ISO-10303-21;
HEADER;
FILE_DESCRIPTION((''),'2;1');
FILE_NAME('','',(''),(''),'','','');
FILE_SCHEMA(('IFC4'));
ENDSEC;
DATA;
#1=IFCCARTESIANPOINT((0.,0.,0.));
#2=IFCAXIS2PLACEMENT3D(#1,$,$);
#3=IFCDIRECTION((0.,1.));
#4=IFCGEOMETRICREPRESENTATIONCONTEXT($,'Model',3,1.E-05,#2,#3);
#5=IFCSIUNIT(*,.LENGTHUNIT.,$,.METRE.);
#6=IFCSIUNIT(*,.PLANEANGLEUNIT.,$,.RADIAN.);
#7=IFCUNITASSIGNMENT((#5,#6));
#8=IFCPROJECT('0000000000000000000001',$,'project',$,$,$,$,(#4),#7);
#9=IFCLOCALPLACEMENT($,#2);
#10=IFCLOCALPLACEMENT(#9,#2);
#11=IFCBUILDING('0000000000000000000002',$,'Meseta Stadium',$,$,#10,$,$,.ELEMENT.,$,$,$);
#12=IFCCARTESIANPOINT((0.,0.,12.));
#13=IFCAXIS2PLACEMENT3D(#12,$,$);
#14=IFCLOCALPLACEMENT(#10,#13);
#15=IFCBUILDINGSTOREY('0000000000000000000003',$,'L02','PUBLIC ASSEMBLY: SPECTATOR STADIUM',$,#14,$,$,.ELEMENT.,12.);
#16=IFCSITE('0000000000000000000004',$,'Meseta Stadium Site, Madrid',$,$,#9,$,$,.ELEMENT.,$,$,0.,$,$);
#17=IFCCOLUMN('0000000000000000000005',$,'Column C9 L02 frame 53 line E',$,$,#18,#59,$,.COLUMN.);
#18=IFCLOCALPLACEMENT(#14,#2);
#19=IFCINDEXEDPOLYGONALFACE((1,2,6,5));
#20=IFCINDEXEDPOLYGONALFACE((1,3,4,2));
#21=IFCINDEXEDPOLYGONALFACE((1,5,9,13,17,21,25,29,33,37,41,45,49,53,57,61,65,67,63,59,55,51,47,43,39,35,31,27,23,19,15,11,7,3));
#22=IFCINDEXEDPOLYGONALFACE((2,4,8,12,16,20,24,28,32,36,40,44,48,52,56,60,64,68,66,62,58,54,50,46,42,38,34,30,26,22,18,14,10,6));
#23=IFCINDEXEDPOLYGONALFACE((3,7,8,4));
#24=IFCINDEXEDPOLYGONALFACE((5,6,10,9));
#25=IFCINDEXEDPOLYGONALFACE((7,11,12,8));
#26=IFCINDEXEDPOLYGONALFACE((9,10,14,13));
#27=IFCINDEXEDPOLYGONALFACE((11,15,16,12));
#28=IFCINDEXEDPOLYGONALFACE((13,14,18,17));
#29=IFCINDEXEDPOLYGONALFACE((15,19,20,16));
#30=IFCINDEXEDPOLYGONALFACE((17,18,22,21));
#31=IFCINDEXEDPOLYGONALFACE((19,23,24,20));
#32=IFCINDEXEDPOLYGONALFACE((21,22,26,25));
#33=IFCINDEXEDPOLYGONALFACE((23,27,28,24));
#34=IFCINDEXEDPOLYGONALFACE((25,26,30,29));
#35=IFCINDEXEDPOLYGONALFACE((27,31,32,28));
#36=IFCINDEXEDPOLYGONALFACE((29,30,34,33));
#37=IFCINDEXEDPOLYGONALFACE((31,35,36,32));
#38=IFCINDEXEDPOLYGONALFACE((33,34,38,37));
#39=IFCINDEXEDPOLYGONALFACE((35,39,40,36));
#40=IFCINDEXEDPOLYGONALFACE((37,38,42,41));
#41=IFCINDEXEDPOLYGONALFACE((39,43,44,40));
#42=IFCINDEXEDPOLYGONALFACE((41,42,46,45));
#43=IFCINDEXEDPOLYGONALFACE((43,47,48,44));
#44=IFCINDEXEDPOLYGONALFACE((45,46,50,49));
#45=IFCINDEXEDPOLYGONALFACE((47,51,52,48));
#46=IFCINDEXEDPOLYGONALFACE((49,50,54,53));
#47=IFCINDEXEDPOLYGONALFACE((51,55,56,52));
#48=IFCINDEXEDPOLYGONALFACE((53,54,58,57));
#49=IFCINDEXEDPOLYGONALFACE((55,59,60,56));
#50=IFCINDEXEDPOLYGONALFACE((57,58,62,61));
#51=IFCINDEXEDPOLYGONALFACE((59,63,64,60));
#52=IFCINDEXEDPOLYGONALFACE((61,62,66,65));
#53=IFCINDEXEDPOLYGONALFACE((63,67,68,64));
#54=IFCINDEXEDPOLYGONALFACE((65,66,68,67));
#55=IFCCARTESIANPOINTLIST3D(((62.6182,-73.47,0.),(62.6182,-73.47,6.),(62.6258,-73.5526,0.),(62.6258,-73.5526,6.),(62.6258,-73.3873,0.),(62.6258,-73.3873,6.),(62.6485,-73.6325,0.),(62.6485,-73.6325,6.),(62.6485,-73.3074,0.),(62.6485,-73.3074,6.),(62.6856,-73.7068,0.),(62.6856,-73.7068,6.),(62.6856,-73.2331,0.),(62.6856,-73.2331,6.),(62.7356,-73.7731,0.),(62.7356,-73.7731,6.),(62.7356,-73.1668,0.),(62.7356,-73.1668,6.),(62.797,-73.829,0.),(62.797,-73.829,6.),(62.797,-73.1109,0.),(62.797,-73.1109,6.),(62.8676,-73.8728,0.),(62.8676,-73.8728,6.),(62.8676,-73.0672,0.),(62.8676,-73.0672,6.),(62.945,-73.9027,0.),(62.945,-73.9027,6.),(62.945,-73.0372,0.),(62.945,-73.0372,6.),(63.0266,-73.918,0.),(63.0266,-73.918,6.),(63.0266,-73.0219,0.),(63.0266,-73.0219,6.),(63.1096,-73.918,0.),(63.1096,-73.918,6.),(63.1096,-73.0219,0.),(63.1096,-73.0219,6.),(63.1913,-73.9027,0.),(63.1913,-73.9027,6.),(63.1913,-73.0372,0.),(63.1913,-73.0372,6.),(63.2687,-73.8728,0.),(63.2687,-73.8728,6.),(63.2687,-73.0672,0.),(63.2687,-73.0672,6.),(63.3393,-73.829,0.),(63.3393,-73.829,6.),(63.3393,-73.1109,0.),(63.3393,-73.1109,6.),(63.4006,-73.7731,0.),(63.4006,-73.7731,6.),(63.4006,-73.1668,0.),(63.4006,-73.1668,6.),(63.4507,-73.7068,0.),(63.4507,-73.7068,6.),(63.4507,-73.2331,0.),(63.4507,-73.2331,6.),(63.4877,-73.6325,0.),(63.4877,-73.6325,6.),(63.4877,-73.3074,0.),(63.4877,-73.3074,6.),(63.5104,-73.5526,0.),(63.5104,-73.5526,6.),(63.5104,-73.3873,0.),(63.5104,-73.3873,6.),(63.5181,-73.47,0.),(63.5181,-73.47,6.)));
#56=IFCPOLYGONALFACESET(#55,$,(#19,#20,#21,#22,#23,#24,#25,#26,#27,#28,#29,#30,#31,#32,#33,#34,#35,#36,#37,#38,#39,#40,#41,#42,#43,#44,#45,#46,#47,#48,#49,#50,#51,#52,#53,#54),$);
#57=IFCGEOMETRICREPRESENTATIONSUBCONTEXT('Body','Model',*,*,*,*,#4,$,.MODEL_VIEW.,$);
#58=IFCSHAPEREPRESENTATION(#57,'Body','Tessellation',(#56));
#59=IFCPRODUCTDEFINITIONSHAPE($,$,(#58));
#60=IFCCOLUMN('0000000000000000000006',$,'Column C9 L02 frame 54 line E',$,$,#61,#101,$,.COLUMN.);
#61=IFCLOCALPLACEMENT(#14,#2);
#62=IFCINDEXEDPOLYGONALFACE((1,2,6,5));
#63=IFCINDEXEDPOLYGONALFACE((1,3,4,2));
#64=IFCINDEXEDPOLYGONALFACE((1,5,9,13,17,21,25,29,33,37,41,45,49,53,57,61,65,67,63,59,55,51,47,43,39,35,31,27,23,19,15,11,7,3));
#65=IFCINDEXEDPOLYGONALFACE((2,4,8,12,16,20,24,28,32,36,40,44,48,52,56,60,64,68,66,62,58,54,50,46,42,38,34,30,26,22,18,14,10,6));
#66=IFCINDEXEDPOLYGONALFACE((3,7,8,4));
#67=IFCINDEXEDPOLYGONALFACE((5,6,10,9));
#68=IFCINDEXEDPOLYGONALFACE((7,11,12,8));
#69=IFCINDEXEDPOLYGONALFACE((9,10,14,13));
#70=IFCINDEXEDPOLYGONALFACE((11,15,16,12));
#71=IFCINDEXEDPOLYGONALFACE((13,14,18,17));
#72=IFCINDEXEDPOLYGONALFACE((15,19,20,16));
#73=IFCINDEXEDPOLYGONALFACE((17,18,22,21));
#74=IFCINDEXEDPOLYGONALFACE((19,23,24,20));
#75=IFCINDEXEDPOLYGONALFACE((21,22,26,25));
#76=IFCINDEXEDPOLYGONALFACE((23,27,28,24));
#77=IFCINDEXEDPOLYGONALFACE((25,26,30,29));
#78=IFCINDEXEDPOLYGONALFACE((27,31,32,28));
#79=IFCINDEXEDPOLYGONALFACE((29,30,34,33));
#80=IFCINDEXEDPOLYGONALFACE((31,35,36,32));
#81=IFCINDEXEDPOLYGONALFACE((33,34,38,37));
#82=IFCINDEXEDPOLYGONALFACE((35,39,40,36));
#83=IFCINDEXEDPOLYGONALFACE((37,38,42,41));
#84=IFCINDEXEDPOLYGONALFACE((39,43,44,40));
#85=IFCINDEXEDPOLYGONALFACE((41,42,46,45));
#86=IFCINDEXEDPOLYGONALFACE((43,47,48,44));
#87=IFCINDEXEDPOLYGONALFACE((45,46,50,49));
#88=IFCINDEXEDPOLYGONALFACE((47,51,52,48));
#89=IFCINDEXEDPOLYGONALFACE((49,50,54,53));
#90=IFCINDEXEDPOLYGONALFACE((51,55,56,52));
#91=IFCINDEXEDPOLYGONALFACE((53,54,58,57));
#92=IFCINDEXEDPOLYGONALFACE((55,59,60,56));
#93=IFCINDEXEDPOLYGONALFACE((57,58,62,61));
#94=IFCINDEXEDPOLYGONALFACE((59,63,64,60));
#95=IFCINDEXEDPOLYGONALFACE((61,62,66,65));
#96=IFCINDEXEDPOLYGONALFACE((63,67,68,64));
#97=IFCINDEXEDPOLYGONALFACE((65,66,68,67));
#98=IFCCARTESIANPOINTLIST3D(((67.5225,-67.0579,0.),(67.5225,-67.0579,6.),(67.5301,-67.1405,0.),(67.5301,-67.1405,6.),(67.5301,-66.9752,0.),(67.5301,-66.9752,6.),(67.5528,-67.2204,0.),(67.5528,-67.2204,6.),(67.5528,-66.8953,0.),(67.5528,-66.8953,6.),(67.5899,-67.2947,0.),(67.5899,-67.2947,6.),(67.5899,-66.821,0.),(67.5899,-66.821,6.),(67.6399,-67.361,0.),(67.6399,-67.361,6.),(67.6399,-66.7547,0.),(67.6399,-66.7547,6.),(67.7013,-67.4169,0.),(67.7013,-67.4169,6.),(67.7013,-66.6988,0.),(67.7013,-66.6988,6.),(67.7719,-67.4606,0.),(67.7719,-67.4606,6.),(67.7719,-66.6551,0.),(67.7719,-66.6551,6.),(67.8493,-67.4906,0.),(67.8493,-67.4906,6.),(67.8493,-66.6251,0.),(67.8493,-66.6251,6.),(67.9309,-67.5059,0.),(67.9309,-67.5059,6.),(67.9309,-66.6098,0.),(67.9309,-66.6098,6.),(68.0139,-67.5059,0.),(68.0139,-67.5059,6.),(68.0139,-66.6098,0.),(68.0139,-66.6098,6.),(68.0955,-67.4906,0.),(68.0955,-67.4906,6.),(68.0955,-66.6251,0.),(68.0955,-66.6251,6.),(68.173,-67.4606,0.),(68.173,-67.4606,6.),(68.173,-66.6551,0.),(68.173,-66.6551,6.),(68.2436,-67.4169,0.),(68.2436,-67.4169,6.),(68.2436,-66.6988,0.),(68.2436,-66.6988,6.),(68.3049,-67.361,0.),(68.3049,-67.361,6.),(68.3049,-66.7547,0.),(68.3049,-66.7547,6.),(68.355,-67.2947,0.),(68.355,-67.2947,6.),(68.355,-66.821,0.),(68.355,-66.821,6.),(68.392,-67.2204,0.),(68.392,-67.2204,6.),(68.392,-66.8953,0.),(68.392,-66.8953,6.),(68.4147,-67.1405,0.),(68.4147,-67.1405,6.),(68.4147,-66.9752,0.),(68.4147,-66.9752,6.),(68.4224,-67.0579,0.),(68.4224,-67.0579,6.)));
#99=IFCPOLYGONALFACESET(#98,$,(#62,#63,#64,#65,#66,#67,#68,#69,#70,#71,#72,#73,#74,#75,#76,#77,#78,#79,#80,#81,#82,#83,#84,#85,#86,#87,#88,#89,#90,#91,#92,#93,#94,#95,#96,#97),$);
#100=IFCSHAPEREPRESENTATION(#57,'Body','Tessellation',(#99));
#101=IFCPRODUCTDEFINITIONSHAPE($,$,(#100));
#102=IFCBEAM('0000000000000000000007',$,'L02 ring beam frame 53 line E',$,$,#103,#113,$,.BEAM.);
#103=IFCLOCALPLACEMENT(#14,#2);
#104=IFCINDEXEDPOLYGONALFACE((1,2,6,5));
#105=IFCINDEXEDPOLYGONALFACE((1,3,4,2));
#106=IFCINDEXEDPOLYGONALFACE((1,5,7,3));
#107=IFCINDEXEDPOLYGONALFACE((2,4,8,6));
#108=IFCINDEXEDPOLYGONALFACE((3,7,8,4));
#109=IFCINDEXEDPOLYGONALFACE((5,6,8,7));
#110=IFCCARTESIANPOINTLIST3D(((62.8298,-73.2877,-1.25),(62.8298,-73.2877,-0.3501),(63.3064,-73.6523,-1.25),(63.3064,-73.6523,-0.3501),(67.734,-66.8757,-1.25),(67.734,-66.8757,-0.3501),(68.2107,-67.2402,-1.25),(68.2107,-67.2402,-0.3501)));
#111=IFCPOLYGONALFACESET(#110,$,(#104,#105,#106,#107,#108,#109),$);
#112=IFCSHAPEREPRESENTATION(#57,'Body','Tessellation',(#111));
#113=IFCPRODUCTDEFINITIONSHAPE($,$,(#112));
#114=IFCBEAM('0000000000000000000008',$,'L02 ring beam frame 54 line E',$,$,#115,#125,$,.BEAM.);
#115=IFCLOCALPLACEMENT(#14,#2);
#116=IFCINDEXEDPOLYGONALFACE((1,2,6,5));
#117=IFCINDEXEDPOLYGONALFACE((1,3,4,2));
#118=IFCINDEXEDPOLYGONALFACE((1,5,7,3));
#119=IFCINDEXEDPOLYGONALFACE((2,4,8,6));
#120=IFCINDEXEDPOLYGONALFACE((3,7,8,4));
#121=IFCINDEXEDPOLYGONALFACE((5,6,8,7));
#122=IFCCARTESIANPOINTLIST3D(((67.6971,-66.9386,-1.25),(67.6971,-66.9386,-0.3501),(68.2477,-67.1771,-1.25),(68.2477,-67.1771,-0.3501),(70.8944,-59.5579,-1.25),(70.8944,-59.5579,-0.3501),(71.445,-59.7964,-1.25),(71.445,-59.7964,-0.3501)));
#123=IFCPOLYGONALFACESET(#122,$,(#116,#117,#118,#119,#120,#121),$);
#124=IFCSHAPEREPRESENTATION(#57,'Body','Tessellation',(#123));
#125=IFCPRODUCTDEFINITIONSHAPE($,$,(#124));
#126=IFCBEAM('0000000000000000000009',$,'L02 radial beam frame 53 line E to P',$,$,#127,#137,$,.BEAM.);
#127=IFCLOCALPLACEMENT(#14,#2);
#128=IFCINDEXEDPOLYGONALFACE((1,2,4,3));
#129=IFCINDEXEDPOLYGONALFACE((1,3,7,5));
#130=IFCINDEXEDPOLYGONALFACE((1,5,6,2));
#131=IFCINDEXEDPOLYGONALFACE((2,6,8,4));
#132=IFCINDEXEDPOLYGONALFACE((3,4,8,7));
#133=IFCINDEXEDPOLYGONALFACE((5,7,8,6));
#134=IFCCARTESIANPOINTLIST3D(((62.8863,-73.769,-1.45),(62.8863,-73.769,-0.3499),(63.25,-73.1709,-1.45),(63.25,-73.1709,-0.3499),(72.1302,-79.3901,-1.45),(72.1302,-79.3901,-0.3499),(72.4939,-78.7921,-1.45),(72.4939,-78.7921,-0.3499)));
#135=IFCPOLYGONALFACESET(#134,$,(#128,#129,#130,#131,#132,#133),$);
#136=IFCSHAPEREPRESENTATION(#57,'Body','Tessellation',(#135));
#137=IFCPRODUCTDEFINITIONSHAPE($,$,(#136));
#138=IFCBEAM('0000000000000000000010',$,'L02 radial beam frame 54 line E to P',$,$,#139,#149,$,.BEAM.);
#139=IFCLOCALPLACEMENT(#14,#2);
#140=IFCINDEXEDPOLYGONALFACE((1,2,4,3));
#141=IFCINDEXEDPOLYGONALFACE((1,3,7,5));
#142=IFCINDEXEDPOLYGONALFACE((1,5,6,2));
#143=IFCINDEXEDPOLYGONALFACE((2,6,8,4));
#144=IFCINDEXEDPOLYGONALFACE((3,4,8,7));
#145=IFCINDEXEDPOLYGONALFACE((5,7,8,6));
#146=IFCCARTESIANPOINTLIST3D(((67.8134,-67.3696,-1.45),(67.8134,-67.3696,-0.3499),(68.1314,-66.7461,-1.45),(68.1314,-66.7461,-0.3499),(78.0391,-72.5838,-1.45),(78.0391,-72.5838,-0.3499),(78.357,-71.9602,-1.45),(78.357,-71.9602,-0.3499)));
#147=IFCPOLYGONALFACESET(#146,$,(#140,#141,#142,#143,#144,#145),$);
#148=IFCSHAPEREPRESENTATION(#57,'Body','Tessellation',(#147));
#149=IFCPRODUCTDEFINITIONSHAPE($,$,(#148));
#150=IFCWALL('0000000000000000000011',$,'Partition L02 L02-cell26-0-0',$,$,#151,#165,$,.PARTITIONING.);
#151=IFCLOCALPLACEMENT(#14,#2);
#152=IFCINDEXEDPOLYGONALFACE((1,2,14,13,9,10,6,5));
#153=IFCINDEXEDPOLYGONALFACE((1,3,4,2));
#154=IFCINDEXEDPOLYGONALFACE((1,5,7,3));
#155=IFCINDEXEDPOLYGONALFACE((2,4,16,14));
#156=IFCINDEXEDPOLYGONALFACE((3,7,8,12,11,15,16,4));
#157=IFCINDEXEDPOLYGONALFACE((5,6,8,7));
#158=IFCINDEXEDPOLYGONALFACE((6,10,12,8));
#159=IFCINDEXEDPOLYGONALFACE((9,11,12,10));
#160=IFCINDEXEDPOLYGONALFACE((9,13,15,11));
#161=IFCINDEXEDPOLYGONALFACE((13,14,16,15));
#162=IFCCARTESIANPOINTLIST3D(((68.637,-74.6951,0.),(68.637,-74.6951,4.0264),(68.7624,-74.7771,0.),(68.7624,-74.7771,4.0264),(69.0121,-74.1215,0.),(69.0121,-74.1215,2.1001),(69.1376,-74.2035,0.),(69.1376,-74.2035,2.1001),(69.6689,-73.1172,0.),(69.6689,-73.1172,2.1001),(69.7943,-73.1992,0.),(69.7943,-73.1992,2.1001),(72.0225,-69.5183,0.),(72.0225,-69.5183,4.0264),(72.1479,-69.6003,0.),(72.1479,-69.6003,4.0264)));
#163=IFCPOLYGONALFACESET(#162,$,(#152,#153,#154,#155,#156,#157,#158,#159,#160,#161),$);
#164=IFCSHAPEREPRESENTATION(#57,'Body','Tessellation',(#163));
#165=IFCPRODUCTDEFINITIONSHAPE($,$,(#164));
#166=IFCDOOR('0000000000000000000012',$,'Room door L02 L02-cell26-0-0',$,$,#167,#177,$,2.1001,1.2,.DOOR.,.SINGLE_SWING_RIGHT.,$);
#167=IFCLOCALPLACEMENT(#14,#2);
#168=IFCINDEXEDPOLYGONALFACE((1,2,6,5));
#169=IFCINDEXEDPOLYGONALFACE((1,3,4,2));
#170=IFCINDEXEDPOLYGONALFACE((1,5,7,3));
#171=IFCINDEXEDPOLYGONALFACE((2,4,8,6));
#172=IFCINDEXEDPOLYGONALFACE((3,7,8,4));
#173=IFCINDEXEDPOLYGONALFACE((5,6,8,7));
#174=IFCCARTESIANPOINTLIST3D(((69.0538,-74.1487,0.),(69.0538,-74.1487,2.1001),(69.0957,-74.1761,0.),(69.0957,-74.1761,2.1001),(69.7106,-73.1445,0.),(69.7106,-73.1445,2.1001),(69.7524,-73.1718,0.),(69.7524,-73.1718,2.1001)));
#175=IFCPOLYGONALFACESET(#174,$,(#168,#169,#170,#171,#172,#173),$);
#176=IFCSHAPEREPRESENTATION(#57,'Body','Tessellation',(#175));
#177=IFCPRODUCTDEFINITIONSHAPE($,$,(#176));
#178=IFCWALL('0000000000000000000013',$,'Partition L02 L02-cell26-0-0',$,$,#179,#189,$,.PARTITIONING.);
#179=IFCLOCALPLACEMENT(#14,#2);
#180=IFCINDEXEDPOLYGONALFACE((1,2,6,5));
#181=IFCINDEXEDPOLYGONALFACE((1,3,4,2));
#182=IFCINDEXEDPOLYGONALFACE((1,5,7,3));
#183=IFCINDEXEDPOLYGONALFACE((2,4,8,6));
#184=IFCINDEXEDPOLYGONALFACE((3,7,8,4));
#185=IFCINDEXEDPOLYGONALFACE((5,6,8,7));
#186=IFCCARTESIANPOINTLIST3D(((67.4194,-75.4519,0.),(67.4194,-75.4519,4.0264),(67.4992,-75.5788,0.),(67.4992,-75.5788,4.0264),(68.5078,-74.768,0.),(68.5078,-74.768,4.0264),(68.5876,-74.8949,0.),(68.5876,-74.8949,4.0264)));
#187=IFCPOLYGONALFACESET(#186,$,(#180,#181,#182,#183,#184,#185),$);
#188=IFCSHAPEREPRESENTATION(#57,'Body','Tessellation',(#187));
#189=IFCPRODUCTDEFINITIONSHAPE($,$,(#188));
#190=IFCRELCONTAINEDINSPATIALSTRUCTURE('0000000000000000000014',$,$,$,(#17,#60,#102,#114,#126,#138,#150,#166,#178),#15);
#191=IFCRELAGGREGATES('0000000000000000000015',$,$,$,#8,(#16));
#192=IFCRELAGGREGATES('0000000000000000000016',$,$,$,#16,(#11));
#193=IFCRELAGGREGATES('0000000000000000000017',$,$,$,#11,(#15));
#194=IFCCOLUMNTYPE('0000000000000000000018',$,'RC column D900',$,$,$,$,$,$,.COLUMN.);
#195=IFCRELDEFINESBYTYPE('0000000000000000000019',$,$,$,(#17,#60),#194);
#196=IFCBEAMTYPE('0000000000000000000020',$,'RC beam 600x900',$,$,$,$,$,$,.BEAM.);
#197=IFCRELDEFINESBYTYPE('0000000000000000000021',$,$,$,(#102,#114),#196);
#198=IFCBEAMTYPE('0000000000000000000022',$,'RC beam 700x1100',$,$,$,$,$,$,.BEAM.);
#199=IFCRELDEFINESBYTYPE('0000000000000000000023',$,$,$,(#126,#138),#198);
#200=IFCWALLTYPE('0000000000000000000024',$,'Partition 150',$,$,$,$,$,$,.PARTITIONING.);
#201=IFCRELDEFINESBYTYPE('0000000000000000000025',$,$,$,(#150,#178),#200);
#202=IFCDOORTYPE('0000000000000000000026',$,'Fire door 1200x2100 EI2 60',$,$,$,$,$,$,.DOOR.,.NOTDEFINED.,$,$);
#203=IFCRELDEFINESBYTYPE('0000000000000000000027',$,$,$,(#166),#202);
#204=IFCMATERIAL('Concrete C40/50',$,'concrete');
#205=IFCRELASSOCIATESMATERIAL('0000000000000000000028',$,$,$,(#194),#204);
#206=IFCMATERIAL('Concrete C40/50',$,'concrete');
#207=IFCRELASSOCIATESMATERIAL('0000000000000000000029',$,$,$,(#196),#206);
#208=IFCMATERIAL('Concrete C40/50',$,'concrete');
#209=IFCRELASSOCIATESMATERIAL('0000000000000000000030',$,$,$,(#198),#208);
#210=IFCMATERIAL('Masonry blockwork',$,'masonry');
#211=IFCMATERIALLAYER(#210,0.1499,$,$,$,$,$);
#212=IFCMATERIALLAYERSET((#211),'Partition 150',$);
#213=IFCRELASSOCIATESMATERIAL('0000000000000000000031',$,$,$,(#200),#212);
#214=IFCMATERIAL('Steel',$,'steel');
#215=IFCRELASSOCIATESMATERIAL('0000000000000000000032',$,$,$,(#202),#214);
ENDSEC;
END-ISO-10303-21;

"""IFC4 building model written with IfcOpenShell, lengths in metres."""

from ifc_helpers import new_model, si_unit, direction, frame, frame_2d, origin, origin_2d, place, context, subcontext, project, spatial, rectangle, circle, extrude, material, layer, layer_set, material_profile, profile_set, type_object, element, fill, save


model = new_model("IFC4")

# Units and contexts
model_context = context("Model", 3, precision=1e-05, world=origin(), true_north=direction((0.0, 1.0)))
body_context = subcontext(model_context, "Body", "Model", "MODEL_VIEW")
ifc_project = project(units=[si_unit("LENGTHUNIT", "METRE"), si_unit("PLANEANGLEUNIT", "RADIAN")], contexts=[model_context])

# Site, building, storey
site_placement = place(None, origin())
site = spatial("IfcSite", under=ifc_project, at=site_placement, Name="Meseta Stadium Site, Madrid", CompositionType="ELEMENT", RefElevation=0.0)
building_placement = place(site_placement, origin())
building = spatial("IfcBuilding", under=site, at=building_placement, Name="Meseta Stadium", CompositionType="ELEMENT")
storey_placement = place(building_placement, frame((0.0, 0.0, 12.0)))
storey = spatial("IfcBuildingStorey", under=building, at=storey_placement, Name="L02", Description="PUBLIC ASSEMBLY: SPECTATOR STADIUM", CompositionType="ELEMENT", Elevation=12.0)

# Columns
ifc_material_1 = material(Name="Concrete C40/50", Category="concrete")
ifc_material_profile_1 = material_profile(ifc_material_1, circle(Radius=0.45, at=origin_2d()), Name="RC D900")
ifc_profile_set_1 = profile_set([ifc_material_profile_1], Name="Concrete C40/50")
column_type = type_object("IfcColumnType", Name="RC column D900", PredefinedType="COLUMN", material=ifc_profile_set_1)
for number, where, z_axis, x_axis, name in (
    (1, (63.0681, -73.47, 0.0), (0.0, 0.0, 1.0), (1.0, 0.0, 0.0), "Column C9 L02 frame 53 line E"),
    (2, (67.9724, -67.0579, 0.0), (0.0, 0.0, 1.0), (1.0, 0.0, 0.0), "Column C9 L02 frame 54 line E"),
):
    element("IfcColumn", number, at=place(storey_placement, frame(where, z_axis=z_axis, x_axis=x_axis)), inside=storey, type_object=column_type, Name=name, PredefinedType="COLUMN", context=body_context, shape_type="SweptSolid", body=[
        extrude(circle(Radius=0.45, at=origin_2d()), origin(), (0.0, 0.0, 1.0), 6.0),
    ])

# Beams
ifc_material_2 = material(Name="Concrete C40/50", Category="concrete")
ifc_material_profile_2 = material_profile(ifc_material_2, rectangle(XDim=0.6001, YDim=0.8999, at=origin_2d()), Name="RC 600x900")
ifc_profile_set_2 = profile_set([ifc_material_profile_2], Name="Concrete C40/50")
beam_type_1 = type_object("IfcBeamType", Name="RC beam 600x900", PredefinedType="BEAM", material=ifc_profile_set_2)
beam_1_placement = place(storey_placement, frame((63.0681, -73.47, -0.8), z_axis=(0.607522, 0.794303, 0.0), x_axis=(-0.794303, 0.607522, 0.0)))
element("IfcBeam", 3, at=beam_1_placement, inside=storey, type_object=beam_type_1, Name="L02 ring beam frame 53 line E", PredefinedType="BEAM", context=body_context, shape_type="SweptSolid", body=[
    extrude(rectangle(XDim=0.6001, YDim=0.8999, at=origin_2d()), origin(), (0.0, 0.0, 1.0), 8.0725),
])
beam_2_placement = place(storey_placement, frame((67.9724, -67.0579, -0.8), z_axis=(0.397503, 0.917601, 0.0), x_axis=(-0.917601, 0.397503, 0.0)))
element("IfcBeam", 4, at=beam_2_placement, inside=storey, type_object=beam_type_1, Name="L02 ring beam frame 54 line E", PredefinedType="BEAM", context=body_context, shape_type="SweptSolid", body=[
    extrude(rectangle(XDim=0.6001, YDim=0.8999, at=origin_2d()), origin(), (0.0, 0.0, 1.0), 8.0435),
])
ifc_material_3 = material(Name="Concrete C40/50", Category="concrete")
ifc_material_profile_3 = material_profile(ifc_material_3, rectangle(XDim=0.7, YDim=1.1001, at=origin_2d()), Name="RC 700x1100")
ifc_profile_set_3 = profile_set([ifc_material_profile_3], Name="Concrete C40/50")
beam_type_2 = type_object("IfcBeamType", Name="RC beam 700x1100", PredefinedType="BEAM", material=ifc_profile_set_3)
beam_3_placement = place(storey_placement, frame((63.0681, -73.47, -0.8999), z_axis=(0.854429, -0.519567, 0.0), x_axis=(0.519567, 0.854429, 0.0)))
element("IfcBeam", 5, at=beam_3_placement, inside=storey, type_object=beam_type_2, Name="L02 radial beam frame 53 line E to P", PredefinedType="BEAM", context=body_context, shape_type="SweptSolid", body=[
    extrude(rectangle(XDim=0.7, YDim=1.1001, at=origin_2d()), origin(), (0.0, 0.0, 1.0), 10.8188),
])
beam_4_placement = place(storey_placement, frame((67.9724, -67.0579, -0.8999), z_axis=(0.890869, -0.454261, 0.0), x_axis=(0.454261, 0.890869, 0.0)))
element("IfcBeam", 6, at=beam_4_placement, inside=storey, type_object=beam_type_2, Name="L02 radial beam frame 54 line E to P", PredefinedType="BEAM", context=body_context, shape_type="SweptSolid", body=[
    extrude(rectangle(XDim=0.7, YDim=1.1001, at=origin_2d()), origin(), (0.0, 0.0, 1.0), 11.4783),
])

# Wall, opening, door
ifc_material_4 = material(Name="Masonry blockwork", Category="masonry")
ifc_layer = layer(ifc_material_4, 0.1499)
ifc_layer_set = layer_set([ifc_layer], Name="Partition 150")
wall_type = type_object("IfcWallType", Name="Partition 150", PredefinedType="PARTITIONING", material=ifc_layer_set)
wall_1_placement = place(storey_placement, frame((72.0852, -69.5593, 0.0), z_axis=(0.0, 0.0, 1.0), x_axis=(-0.547328, -0.836918, 0.0)))
wall_1 = element("IfcWall", 7, at=wall_1_placement, inside=storey, type_object=wall_type, Name="Partition L02 L02-cell26-0-0", PredefinedType="PARTITIONING", context=body_context, shape_type="SweptSolid", body=[
    extrude(rectangle(XDim=6.1855, YDim=0.1499, at=frame_2d((3.0928, 0.0))), origin(), (0.0, 0.0, 1.0), 4.0264),
])
opening_1_placement = place(wall_1_placement, frame((4.3, 0.0, 0.0)))
opening_1 = element("IfcOpeningElement", 8, at=opening_1_placement, cuts=wall_1, PredefinedType="OPENING", context=body_context, shape_type="SweptSolid", body=[
    extrude(rectangle(XDim=1.2, YDim=2.1001, at=frame_2d((0.6001, 1.05))), frame((0.0, 0.085, 0.0), z_axis=(0.0, -1.0, 0.0), x_axis=(1.0, 0.0, 0.0)), (0.0, 0.0, 1.0), 0.1699),
])
ifc_material_5 = material(Name="Steel", Category="steel")
door_type_1 = type_object("IfcDoorType", Name="Fire door 1200x2100 EI2 60", OperationType="NOTDEFINED", PredefinedType="DOOR", material=ifc_material_5)
door_1_placement = place(opening_1_placement, origin())
door_1 = element("IfcDoor", 9, at=door_1_placement, inside=storey, type_object=door_type_1, Name="Room door L02 L02-cell26-0-0", OperationType="SINGLE_SWING_RIGHT", OverallHeight=2.1001, OverallWidth=1.2, PredefinedType="DOOR", context=body_context, shape_type="SweptSolid", body=[
    extrude(rectangle(XDim=1.2, YDim=2.1001, at=frame_2d((0.6001, 1.05))), frame((0.0, 0.0249, 0.0), z_axis=(0.0, -1.0, 0.0), x_axis=(1.0, 0.0, 0.0)), (0.0, 0.0, 1.0), 0.05),
])
fill(opening_1, door_1)

# Wall
wall_2_placement = place(storey_placement, frame((68.5476, -74.8315, 0.0), z_axis=(0.0, 0.0, 1.0), x_axis=(-0.846737, -0.532012, 0.0)))
element("IfcWall", 10, at=wall_2_placement, inside=storey, type_object=wall_type, Name="Partition L02 L02-cell26-0-0", PredefinedType="PARTITIONING", context=body_context, shape_type="SweptSolid", body=[
    extrude(rectangle(XDim=1.2854, YDim=0.1499, at=frame_2d((0.6426, 0.0))), origin(), (0.0, 0.0, 1.0), 4.0264),
])

save(model, "model.ifc")
